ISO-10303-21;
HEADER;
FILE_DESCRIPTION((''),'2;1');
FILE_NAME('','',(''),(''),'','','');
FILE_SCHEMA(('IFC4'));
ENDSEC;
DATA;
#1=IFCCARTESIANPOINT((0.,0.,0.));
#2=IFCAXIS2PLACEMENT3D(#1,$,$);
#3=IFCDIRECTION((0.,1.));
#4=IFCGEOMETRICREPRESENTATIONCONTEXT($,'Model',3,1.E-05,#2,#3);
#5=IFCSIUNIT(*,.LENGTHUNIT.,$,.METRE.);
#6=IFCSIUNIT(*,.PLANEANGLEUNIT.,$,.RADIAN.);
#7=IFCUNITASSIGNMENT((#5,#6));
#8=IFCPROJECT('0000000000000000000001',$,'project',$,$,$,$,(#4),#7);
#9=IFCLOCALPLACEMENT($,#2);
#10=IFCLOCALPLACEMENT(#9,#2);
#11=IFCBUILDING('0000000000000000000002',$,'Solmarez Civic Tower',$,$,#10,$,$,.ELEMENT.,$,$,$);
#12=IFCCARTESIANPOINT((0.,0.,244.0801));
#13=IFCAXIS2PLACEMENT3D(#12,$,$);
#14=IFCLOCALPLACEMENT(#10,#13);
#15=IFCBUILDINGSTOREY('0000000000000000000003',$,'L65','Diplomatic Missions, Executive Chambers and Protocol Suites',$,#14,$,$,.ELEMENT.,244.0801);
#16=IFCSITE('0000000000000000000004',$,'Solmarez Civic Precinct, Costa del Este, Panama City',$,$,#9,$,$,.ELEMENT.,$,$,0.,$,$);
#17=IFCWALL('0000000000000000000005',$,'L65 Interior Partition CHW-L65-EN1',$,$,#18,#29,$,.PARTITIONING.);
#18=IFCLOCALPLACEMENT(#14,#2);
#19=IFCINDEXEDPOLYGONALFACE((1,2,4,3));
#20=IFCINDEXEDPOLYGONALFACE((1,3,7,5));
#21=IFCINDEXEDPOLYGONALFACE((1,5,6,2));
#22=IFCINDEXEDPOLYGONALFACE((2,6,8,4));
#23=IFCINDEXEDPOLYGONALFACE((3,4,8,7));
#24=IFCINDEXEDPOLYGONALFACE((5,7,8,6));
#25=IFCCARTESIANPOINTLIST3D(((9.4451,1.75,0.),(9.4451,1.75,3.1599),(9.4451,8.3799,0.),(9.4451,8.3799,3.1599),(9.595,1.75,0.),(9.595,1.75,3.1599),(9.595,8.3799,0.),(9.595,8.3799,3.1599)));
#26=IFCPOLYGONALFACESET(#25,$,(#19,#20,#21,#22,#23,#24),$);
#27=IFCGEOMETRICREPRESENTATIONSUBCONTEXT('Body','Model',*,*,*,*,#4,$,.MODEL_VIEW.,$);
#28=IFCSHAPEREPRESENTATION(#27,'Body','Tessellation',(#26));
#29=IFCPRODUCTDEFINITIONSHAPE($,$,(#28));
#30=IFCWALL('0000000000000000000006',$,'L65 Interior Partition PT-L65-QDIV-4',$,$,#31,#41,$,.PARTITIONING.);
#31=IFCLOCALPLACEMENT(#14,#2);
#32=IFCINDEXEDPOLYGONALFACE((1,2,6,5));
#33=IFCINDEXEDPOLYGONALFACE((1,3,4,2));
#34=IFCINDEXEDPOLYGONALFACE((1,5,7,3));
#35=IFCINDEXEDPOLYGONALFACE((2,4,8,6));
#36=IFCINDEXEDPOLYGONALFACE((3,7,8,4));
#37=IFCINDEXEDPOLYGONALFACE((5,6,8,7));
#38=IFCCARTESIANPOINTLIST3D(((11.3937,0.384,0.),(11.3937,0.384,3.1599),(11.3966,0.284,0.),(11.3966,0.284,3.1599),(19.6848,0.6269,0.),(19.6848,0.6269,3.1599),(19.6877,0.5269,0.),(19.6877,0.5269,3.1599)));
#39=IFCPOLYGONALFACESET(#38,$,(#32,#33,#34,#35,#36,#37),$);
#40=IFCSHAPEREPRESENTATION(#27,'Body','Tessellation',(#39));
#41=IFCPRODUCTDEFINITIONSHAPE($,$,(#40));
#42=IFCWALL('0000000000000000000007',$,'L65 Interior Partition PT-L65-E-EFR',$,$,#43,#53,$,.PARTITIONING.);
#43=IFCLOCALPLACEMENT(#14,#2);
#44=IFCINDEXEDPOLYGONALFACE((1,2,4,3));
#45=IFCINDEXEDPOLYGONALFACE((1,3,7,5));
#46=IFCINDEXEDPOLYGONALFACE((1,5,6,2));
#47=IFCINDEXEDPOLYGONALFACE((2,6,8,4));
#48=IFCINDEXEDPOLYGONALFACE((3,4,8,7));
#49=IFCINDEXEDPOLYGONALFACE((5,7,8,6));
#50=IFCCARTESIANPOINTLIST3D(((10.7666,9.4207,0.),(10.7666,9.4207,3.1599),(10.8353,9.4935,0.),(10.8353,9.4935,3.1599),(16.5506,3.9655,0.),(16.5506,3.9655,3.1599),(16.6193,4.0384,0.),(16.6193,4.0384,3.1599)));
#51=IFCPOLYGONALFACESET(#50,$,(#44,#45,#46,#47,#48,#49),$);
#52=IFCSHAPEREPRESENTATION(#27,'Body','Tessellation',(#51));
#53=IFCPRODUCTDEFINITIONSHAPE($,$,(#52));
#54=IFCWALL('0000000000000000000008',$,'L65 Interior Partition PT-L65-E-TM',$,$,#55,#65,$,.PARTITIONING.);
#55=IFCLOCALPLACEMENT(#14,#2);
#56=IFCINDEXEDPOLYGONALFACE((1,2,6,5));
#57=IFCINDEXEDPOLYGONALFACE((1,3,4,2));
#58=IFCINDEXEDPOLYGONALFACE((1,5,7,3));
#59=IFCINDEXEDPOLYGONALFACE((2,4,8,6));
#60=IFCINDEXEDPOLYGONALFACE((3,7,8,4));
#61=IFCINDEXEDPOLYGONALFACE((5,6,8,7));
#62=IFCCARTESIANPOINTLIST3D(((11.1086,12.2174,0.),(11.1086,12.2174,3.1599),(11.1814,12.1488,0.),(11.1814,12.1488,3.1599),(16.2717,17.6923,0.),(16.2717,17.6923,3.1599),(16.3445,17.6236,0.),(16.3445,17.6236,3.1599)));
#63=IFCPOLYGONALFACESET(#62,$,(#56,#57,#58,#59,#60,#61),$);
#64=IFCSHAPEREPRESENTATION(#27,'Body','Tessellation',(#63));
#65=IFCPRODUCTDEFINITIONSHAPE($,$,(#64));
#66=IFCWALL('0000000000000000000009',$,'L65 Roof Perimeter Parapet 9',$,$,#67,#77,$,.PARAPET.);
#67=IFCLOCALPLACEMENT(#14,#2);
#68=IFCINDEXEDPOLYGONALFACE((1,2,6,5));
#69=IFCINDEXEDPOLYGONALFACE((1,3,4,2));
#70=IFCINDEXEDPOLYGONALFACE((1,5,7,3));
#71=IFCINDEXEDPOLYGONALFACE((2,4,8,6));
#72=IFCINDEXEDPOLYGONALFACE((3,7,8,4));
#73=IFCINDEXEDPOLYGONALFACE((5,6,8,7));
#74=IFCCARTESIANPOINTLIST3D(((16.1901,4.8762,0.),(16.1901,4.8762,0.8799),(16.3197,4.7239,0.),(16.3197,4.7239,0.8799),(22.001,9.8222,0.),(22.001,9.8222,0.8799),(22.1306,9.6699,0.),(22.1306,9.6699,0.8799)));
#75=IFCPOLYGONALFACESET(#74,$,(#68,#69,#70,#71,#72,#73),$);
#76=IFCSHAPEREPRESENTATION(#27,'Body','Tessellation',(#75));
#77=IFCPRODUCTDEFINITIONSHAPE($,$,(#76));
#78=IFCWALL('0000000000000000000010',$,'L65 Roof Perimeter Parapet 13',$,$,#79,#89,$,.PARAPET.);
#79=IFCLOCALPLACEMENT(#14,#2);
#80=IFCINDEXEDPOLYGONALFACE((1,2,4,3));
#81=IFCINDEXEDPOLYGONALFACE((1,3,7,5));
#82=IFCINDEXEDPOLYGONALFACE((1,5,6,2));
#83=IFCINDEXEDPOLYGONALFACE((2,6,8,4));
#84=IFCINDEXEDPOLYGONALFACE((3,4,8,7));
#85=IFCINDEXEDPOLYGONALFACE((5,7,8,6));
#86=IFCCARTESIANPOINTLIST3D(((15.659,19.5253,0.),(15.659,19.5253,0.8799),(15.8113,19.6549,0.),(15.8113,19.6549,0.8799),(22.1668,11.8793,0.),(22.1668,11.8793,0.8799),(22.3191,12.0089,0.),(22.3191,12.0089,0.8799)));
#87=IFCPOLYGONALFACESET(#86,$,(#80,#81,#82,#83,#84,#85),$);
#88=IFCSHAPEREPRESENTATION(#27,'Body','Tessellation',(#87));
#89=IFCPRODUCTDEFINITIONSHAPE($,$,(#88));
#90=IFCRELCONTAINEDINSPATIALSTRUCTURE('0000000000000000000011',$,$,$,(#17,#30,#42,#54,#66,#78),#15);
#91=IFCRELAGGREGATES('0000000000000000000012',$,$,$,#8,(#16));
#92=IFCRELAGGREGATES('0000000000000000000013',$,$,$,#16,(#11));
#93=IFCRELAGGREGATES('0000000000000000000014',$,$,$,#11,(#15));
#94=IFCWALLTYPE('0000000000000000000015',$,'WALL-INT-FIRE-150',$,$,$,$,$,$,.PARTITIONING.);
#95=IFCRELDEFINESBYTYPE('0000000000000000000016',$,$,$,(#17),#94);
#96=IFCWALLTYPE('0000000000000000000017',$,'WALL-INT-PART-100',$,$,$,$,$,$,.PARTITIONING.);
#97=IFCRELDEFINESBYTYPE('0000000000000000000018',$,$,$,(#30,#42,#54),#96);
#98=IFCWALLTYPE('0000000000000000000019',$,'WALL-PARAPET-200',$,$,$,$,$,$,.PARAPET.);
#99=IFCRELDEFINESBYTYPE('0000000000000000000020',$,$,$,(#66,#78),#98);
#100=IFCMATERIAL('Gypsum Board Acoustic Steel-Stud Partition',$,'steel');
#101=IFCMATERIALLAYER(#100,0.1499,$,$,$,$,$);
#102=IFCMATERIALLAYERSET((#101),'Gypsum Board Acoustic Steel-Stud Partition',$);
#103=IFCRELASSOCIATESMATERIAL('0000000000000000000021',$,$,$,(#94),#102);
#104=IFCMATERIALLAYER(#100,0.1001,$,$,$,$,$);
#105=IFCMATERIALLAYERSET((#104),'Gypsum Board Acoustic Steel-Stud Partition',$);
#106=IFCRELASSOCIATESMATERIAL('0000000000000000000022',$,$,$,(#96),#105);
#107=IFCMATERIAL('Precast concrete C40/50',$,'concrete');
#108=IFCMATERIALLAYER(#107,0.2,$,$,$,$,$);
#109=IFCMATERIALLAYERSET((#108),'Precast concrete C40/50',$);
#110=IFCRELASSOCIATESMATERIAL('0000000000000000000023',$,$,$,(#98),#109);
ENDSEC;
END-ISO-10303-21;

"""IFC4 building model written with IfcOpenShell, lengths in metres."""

from ifc_helpers import new_model, si_unit, direction, frame, frame_2d, origin, place, context, subcontext, project, spatial, rectangle, extrude, material, layer, layer_set, type_object, element, save


model = new_model("IFC4")

# Units and contexts
model_context = context("Model", 3, precision=1e-05, world=origin(), true_north=direction((0.0, 1.0)))
body_context = subcontext(model_context, "Body", "Model", "MODEL_VIEW")
ifc_project = project(units=[si_unit("LENGTHUNIT", "METRE"), si_unit("PLANEANGLEUNIT", "RADIAN")], contexts=[model_context])

# Site, building, storey
site_placement = place(None, origin())
site = spatial("IfcSite", under=ifc_project, at=site_placement, Name="Solmarez Civic Precinct, Costa del Este, Panama City", CompositionType="ELEMENT", RefElevation=0.0)
building_placement = place(site_placement, origin())
building = spatial("IfcBuilding", under=site, at=building_placement, Name="Solmarez Civic Tower", CompositionType="ELEMENT")
storey_placement = place(building_placement, frame((0.0, 0.0, 244.0801)))
storey = spatial("IfcBuildingStorey", under=building, at=storey_placement, Name="L65", Description="Diplomatic Missions, Executive Chambers and Protocol Suites", CompositionType="ELEMENT", Elevation=244.0801)

# Shared definitions
ifc_material_1 = material(Name="Precast concrete C40/50", Category="concrete")

# Walls
ifc_material_2 = material(Name="Gypsum Board Acoustic Steel-Stud Partition", Category="steel")
ifc_layer_1 = layer(ifc_material_2, 0.1499)
ifc_layer_set_1 = layer_set([ifc_layer_1], Name="Gypsum Board Acoustic Steel-Stud Partition")
wall_type_1 = type_object("IfcWallType", Name="WALL-INT-FIRE-150", PredefinedType="PARTITIONING", material=ifc_layer_set_1)
wall_1_placement = place(storey_placement, frame((9.52, 1.75, 0.0), z_axis=(0.0, 0.0, 1.0), x_axis=(0.0, 1.0, 0.0)))
element("IfcWall", 1, at=wall_1_placement, inside=storey, type_object=wall_type_1, Name="L65 Interior Partition CHW-L65-EN1", PredefinedType="PARTITIONING", context=body_context, shape_type="SweptSolid", body=[
    extrude(rectangle(XDim=6.6299, YDim=0.1499, at=frame_2d((3.3149, 0.0))), origin(), (0.0, 0.0, 1.0), 3.1599),
])
ifc_layer_2 = layer(ifc_material_2, 0.1001)
ifc_layer_set_2 = layer_set([ifc_layer_2], Name="Gypsum Board Acoustic Steel-Stud Partition")
wall_type_2 = type_object("IfcWallType", Name="WALL-INT-PART-100", PredefinedType="PARTITIONING", material=ifc_layer_set_2)
wall_2_placement = place(storey_placement, frame((11.395, 0.334, 0.0), z_axis=(0.0, 0.0, 1.0), x_axis=(0.999571, 0.029287, 0.0)))
element("IfcWall", 2, at=wall_2_placement, inside=storey, type_object=wall_type_2, Name="L65 Interior Partition PT-L65-QDIV-4", PredefinedType="PARTITIONING", context=body_context, shape_type="SweptSolid", body=[
    extrude(rectangle(XDim=8.2947, YDim=0.1001, at=frame_2d((4.1475, 0.0))), origin(), (0.0, 0.0, 1.0), 3.1599),
])
wall_3_placement = place(storey_placement, frame((16.585, 4.002, 0.0), z_axis=(0.0, 0.0, 1.0), x_axis=(-0.727486, 0.686123, 0.0)))
element("IfcWall", 3, at=wall_3_placement, inside=storey, type_object=wall_type_2, Name="L65 Interior Partition PT-L65-E-EFR", PredefinedType="PARTITIONING", context=body_context, shape_type="SweptSolid", body=[
    extrude(rectangle(XDim=7.9507, YDim=0.1001, at=frame_2d((3.9753, 0.0))), origin(), (0.0, 0.0, 1.0), 3.1599),
])

# Walls
wall_4_placement = place(storey_placement, frame((11.145, 12.1831, 0.0), z_axis=(0.0, 0.0, 1.0), x_axis=(0.686089, 0.727518, 0.0)))
element("IfcWall", 4, at=wall_4_placement, inside=storey, type_object=wall_type_2, Name="L65 Interior Partition PT-L65-E-TM", PredefinedType="PARTITIONING", context=body_context, shape_type="SweptSolid", body=[
    extrude(rectangle(XDim=7.5254, YDim=0.1001, at=frame_2d((3.7627, 0.0))), origin(), (0.0, 0.0, 1.0), 3.1599),
])
ifc_layer_3 = layer(ifc_material_1, 0.2)
ifc_layer_set_3 = layer_set([ifc_layer_3], Name="Precast concrete C40/50")
wall_type_3 = type_object("IfcWallType", Name="WALL-PARAPET-200", PredefinedType="PARAPET", material=ifc_layer_set_3)
wall_5_placement = place(storey_placement, frame((16.2549, 4.8, 0.0), z_axis=(0.0, 0.0, 1.0), x_axis=(0.761508, 0.648155, 0.0)))
element("IfcWall", 5, at=wall_5_placement, inside=storey, type_object=wall_type_3, Name="L65 Roof Perimeter Parapet 9", PredefinedType="PARAPET", context=body_context, shape_type="SweptSolid", body=[
    extrude(rectangle(XDim=7.6309, YDim=0.2, at=frame_2d((3.8154, 0.0))), origin(), (0.0, 0.0, 1.0), 0.8799),
])
wall_6_placement = place(storey_placement, frame((22.2429, 11.9441, 0.0), z_axis=(0.0, 0.0, 1.0), x_axis=(-0.648152, 0.761511, 0.0)))
element("IfcWall", 6, at=wall_6_placement, inside=storey, type_object=wall_type_3, Name="L65 Roof Perimeter Parapet 13", PredefinedType="PARAPET", context=body_context, shape_type="SweptSolid", body=[
    extrude(rectangle(XDim=10.0405, YDim=0.2, at=frame_2d((5.0203, 0.0))), origin(), (0.0, 0.0, 1.0), 0.8799),
])

save(model, "model.ifc")
